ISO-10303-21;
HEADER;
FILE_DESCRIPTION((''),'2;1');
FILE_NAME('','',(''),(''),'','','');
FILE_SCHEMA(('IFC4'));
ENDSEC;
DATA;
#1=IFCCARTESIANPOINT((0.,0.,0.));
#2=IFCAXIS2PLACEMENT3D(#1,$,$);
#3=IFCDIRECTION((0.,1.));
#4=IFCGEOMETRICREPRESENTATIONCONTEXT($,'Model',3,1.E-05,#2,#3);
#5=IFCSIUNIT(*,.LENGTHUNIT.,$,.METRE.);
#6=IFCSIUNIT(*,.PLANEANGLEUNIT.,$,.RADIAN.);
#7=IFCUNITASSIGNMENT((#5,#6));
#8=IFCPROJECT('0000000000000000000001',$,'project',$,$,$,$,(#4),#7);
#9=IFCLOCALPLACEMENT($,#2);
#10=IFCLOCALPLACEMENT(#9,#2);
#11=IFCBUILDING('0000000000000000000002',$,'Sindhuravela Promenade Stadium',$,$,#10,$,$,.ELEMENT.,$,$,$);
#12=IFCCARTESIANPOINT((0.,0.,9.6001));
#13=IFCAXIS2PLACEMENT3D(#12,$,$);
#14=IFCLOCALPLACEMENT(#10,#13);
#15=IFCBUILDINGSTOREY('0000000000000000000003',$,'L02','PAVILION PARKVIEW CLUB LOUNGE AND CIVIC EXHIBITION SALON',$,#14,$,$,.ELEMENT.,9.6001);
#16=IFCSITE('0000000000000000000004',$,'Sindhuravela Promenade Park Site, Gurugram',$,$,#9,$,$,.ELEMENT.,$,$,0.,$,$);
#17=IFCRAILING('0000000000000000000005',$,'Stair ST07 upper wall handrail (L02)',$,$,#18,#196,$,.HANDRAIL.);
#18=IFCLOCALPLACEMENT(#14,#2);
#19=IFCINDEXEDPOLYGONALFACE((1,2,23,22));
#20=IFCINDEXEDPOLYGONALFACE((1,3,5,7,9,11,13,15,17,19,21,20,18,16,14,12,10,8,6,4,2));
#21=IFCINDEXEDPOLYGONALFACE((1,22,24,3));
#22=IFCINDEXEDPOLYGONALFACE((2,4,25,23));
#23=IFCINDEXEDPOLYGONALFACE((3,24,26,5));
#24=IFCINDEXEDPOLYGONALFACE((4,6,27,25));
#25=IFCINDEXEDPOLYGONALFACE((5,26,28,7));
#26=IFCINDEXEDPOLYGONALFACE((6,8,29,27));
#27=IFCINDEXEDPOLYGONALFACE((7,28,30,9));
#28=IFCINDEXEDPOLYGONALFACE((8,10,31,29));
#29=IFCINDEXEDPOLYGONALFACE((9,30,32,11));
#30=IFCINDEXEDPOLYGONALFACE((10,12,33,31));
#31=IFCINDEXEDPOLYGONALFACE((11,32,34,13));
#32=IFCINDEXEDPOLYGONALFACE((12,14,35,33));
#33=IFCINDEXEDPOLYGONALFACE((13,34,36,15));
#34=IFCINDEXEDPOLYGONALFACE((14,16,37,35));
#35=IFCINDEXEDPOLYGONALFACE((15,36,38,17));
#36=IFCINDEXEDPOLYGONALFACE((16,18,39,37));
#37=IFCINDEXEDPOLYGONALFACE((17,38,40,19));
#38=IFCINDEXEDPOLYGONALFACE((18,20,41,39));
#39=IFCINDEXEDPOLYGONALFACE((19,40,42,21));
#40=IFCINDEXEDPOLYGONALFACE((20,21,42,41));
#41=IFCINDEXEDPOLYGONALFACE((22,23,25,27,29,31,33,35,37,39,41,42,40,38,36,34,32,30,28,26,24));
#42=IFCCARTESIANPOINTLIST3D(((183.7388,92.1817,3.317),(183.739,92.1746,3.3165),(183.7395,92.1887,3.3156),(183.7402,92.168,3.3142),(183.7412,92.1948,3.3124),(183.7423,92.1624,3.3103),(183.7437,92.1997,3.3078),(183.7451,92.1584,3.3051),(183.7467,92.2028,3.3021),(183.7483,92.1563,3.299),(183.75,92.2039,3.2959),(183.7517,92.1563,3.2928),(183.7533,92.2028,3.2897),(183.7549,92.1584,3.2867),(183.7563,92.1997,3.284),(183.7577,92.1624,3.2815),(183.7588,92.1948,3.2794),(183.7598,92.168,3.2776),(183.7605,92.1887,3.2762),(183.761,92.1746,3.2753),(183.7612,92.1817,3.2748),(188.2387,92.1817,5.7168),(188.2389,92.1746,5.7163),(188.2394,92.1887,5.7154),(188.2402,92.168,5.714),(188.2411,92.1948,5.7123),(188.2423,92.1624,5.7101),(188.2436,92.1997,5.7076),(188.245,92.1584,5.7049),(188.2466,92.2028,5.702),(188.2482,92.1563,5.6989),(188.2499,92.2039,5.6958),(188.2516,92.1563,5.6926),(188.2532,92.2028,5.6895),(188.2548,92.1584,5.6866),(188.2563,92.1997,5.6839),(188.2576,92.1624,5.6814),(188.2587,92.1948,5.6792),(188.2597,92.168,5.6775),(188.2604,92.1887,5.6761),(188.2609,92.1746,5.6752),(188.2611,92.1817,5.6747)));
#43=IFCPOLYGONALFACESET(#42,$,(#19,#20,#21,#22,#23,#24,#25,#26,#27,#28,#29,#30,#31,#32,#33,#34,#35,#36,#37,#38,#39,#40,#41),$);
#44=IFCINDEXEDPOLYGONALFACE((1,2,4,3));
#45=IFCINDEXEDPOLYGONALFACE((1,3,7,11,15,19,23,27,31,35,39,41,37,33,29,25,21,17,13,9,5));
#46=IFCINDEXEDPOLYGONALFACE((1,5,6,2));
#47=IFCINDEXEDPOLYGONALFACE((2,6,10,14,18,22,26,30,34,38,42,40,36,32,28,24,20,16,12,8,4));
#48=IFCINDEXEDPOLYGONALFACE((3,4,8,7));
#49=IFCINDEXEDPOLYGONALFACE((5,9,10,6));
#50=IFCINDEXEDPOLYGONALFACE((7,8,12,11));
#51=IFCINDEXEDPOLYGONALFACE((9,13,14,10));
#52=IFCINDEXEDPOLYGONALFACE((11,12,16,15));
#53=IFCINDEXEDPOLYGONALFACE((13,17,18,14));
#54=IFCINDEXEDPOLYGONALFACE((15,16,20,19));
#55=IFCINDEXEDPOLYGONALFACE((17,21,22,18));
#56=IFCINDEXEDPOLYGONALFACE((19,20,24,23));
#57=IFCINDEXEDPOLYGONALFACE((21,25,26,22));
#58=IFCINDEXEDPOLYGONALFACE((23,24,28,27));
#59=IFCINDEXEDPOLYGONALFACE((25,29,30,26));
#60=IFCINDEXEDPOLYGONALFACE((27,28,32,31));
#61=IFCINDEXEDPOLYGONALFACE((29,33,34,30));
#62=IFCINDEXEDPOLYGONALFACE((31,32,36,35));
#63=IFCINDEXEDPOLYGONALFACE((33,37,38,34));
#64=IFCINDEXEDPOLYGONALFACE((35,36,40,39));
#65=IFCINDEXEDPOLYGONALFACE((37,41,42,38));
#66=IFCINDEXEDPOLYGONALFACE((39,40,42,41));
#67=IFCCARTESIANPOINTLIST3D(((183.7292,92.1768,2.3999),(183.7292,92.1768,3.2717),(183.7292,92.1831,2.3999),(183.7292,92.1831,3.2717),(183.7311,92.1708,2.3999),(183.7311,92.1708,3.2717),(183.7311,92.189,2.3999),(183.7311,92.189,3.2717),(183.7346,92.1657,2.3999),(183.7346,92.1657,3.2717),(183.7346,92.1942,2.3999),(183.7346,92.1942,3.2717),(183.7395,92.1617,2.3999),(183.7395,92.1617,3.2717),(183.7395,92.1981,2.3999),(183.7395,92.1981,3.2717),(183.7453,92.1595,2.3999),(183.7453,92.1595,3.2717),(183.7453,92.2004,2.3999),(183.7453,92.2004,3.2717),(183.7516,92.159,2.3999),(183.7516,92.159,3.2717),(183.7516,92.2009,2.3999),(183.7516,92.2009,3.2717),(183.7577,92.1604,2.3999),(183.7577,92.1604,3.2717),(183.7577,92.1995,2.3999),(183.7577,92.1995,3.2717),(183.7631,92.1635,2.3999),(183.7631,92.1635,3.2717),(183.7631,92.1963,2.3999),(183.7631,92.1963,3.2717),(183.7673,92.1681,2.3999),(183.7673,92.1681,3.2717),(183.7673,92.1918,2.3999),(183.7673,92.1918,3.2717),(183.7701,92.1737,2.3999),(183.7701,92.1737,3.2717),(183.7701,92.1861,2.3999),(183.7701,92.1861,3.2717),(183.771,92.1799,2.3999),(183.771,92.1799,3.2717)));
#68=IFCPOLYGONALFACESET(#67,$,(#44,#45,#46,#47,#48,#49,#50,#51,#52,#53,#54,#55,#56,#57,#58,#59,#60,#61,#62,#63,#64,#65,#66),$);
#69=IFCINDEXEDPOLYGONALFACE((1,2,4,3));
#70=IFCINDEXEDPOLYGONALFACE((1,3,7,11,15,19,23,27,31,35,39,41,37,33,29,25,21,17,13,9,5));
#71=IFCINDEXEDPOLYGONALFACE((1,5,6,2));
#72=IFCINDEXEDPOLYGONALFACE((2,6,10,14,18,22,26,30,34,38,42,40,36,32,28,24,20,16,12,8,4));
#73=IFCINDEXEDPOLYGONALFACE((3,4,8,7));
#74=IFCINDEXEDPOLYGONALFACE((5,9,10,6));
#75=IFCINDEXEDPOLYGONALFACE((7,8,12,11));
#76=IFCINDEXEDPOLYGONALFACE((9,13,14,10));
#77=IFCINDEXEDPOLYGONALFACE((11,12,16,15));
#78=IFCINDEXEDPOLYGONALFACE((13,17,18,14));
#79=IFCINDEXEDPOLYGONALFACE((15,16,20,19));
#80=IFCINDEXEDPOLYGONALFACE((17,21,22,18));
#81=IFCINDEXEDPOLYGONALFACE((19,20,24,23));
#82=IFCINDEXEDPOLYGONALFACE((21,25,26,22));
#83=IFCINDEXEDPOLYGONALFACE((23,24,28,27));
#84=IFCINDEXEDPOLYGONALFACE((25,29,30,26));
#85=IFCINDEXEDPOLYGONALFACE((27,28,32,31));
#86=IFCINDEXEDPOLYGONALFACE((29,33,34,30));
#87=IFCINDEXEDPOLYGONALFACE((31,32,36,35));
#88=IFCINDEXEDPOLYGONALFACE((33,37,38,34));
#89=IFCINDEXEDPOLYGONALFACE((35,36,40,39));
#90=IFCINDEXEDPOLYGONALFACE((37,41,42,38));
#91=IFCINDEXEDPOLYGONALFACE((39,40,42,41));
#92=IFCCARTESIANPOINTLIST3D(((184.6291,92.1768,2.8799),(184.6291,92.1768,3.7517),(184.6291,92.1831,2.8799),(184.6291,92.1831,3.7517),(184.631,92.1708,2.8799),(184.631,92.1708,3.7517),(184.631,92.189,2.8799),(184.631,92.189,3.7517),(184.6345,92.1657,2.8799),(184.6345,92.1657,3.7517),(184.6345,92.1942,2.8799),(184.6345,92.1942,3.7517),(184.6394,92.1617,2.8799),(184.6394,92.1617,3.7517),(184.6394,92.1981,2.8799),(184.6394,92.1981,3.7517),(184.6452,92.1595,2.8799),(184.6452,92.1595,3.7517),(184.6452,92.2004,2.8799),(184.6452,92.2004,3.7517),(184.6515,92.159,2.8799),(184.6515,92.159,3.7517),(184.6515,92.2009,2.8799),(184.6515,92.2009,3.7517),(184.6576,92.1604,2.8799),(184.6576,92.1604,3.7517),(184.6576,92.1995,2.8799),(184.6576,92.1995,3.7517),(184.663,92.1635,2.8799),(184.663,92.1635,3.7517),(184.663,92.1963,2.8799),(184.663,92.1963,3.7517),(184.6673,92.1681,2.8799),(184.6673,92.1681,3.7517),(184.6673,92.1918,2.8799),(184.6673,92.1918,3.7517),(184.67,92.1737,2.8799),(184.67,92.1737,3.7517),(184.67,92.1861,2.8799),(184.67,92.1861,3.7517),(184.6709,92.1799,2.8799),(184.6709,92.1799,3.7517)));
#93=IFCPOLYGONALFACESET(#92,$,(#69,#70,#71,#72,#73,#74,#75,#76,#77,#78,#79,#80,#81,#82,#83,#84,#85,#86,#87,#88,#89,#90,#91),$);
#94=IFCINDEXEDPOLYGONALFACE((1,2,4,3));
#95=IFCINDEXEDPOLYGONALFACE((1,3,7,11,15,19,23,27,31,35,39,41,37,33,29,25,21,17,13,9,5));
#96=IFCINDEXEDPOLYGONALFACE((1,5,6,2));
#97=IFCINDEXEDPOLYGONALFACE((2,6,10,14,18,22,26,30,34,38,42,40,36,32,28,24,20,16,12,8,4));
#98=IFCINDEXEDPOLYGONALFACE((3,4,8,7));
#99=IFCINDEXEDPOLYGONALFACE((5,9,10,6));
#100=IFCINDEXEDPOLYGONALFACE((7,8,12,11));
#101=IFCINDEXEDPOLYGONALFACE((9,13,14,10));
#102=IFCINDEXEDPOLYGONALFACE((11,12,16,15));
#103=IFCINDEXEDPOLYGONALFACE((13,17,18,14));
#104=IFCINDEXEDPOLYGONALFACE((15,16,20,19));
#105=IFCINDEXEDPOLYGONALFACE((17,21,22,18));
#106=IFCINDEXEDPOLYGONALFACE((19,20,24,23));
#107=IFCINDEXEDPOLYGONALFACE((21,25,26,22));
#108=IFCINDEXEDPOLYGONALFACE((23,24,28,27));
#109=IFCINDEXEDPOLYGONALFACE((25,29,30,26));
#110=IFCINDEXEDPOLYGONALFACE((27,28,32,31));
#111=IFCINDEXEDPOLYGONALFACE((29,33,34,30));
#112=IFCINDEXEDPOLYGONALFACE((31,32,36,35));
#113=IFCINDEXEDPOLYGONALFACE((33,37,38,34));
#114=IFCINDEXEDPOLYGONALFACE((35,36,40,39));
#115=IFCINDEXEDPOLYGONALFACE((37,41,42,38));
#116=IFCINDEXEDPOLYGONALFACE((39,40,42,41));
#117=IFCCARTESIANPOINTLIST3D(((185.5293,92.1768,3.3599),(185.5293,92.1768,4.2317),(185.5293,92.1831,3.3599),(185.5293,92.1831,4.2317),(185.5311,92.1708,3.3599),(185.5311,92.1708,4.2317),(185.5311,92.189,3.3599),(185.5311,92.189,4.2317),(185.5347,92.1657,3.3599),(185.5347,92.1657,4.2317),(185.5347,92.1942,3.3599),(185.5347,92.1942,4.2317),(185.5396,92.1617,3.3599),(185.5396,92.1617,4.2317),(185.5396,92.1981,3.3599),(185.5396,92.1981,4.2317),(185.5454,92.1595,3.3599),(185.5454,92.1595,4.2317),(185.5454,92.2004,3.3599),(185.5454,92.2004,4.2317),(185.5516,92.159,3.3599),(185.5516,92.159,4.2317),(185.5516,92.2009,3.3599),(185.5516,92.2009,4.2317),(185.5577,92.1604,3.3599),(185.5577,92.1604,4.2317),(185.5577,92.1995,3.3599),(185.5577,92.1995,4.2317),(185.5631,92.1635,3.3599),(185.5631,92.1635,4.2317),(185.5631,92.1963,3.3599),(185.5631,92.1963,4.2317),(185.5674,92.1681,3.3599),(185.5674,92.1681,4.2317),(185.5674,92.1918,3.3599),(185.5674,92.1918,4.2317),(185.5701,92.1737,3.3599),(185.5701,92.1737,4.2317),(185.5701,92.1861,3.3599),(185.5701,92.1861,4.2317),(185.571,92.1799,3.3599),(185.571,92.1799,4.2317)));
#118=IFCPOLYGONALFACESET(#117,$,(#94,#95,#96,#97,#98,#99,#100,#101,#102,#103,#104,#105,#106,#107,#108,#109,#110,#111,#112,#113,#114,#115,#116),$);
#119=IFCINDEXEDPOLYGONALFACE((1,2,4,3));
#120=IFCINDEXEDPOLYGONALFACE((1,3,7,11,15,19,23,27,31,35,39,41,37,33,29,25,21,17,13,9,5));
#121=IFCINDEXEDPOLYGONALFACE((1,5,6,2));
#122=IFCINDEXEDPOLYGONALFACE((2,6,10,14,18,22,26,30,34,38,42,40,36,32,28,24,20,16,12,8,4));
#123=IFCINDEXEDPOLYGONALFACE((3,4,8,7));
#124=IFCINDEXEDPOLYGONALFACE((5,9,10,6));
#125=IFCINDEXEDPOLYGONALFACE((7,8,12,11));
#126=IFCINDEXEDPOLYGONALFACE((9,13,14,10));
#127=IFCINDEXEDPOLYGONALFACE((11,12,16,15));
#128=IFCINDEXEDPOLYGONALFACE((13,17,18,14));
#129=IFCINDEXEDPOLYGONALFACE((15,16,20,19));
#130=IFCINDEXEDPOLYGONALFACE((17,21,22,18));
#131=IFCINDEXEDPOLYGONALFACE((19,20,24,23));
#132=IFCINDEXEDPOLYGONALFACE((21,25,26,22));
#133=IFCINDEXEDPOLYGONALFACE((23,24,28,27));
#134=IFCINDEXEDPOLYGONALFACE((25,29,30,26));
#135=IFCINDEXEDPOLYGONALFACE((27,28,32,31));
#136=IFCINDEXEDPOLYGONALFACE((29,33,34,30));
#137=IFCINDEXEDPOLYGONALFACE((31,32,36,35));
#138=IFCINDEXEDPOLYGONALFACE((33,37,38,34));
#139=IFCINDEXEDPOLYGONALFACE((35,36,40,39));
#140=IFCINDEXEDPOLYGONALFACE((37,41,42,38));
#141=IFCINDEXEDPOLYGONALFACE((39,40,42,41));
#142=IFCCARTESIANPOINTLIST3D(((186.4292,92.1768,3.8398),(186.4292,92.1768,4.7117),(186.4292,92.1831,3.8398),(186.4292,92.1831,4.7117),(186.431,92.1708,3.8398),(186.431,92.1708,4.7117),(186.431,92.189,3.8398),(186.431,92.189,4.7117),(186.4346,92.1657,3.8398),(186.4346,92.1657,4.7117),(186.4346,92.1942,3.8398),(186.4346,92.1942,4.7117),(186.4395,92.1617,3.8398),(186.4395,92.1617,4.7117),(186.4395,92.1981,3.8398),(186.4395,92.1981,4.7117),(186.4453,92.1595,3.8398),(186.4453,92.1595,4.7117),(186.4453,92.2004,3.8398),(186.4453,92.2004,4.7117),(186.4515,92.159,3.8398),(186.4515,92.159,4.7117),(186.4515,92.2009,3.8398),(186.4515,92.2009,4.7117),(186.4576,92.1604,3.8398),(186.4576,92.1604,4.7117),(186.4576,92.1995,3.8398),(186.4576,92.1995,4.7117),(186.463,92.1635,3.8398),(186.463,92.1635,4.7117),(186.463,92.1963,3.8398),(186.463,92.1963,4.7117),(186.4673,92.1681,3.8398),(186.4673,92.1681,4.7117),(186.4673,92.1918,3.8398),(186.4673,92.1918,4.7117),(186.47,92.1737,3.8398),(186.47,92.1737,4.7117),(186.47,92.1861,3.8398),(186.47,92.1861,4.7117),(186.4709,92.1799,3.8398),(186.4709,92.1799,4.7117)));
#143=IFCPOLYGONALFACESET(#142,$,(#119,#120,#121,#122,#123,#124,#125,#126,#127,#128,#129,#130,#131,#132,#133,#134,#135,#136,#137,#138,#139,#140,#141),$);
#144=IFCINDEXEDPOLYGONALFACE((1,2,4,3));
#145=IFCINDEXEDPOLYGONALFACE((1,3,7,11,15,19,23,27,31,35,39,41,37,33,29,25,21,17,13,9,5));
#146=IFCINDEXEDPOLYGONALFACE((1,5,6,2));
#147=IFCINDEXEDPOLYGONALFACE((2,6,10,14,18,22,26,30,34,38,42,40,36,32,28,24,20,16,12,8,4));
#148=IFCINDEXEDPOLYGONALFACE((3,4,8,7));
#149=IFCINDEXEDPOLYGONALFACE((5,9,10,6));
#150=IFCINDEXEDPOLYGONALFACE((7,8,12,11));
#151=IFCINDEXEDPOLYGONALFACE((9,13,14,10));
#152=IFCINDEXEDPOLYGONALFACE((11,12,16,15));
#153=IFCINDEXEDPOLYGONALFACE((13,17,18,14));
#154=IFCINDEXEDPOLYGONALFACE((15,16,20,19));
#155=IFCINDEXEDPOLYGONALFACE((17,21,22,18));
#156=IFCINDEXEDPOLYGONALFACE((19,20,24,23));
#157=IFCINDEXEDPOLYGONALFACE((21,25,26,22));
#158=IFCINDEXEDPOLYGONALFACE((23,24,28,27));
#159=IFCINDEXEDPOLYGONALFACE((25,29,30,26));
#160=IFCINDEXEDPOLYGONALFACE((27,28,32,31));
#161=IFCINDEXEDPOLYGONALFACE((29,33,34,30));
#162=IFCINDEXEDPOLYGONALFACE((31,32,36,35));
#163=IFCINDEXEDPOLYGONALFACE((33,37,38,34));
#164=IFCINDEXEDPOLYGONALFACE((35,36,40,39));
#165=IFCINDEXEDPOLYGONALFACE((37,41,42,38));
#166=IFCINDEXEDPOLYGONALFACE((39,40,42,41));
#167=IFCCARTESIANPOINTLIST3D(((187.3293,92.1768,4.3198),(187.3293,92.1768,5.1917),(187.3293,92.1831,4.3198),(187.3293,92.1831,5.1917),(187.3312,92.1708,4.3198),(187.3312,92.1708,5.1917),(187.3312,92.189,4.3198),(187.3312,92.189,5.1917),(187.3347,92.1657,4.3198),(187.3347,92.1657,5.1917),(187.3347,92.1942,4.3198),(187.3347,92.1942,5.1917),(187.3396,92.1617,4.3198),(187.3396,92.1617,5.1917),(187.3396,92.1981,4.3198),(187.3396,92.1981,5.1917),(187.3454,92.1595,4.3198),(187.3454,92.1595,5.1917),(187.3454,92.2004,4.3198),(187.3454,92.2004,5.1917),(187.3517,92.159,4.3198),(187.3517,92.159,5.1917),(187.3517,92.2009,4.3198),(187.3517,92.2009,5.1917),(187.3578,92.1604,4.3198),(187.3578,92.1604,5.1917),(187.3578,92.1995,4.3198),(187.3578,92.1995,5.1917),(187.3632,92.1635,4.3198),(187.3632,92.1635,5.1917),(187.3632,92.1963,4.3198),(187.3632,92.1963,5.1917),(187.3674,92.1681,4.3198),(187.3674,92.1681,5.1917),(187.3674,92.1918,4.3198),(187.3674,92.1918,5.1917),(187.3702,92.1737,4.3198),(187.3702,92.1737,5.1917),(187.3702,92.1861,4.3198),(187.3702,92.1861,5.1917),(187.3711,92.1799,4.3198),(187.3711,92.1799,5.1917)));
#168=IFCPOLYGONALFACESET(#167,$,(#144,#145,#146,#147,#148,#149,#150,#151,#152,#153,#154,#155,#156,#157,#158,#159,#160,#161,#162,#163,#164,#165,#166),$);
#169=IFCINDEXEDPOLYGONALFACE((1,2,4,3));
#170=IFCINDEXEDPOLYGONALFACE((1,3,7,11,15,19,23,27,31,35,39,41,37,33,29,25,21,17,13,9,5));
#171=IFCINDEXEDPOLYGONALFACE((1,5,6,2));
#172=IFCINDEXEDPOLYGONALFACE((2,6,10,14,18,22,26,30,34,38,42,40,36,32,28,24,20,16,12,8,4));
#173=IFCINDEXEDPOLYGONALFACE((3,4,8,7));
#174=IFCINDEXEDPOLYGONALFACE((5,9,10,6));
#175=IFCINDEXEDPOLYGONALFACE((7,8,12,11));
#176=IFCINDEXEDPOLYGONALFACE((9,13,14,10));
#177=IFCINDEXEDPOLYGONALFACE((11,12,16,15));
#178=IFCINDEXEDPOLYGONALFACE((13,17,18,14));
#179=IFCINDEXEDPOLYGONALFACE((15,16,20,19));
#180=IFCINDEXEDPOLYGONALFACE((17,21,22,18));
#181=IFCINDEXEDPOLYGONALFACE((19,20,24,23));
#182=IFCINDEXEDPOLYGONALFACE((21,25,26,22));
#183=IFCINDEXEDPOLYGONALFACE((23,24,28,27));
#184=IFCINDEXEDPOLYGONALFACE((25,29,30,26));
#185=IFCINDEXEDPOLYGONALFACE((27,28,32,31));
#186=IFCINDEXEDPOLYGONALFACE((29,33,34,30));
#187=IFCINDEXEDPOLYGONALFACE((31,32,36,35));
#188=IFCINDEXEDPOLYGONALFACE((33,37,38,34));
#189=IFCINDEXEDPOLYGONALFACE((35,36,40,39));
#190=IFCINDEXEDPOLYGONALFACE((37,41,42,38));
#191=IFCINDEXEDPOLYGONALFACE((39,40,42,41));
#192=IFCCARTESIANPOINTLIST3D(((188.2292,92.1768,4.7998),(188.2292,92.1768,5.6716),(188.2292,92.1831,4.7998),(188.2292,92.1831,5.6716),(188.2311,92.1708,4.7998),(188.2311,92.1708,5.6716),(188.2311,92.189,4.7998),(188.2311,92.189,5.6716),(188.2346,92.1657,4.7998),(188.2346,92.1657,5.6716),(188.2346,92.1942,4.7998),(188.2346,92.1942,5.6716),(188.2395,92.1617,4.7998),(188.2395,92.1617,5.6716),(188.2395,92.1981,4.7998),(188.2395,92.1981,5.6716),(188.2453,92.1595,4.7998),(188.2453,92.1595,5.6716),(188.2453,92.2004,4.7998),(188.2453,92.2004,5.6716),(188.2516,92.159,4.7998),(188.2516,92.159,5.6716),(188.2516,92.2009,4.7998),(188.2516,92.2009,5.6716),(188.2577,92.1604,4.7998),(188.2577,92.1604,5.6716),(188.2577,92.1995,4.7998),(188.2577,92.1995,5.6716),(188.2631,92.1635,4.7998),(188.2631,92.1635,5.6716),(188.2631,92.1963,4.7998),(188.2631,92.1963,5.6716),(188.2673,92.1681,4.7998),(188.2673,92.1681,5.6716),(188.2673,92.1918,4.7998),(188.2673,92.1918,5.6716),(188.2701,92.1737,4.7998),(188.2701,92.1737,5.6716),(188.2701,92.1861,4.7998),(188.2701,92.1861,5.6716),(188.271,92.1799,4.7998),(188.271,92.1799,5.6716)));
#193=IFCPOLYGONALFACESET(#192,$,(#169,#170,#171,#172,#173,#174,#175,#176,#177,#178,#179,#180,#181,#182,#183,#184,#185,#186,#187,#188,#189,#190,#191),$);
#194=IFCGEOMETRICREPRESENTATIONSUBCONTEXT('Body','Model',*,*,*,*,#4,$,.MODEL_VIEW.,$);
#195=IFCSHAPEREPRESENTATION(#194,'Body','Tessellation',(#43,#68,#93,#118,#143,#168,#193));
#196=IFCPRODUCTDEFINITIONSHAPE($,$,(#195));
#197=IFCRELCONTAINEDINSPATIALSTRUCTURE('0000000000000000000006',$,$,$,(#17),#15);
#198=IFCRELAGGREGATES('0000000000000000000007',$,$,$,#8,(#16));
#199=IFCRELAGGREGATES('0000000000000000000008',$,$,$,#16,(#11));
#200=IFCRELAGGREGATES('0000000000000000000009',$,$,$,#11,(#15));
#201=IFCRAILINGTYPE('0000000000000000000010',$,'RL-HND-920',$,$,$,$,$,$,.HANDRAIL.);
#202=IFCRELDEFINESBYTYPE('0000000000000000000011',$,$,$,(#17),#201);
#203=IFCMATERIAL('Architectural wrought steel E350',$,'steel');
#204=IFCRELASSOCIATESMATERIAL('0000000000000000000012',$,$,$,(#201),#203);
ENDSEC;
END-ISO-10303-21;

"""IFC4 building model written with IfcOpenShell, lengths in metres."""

from ifc_helpers import new_model, si_unit, direction, frame, origin, origin_2d, place, context, subcontext, project, spatial, circle, extrude, material, type_object, element, save


model = new_model("IFC4")

# Units and contexts
model_context = context("Model", 3, precision=1e-05, world=origin(), true_north=direction((0.0, 1.0)))
body_context = subcontext(model_context, "Body", "Model", "MODEL_VIEW")
ifc_project = project(units=[si_unit("LENGTHUNIT", "METRE"), si_unit("PLANEANGLEUNIT", "RADIAN")], contexts=[model_context])

# Site, building, storey
site_placement = place(None, origin())
site = spatial("IfcSite", under=ifc_project, at=site_placement, Name="Sindhuravela Promenade Park Site, Gurugram", CompositionType="ELEMENT", RefElevation=0.0)
building_placement = place(site_placement, origin())
building = spatial("IfcBuilding", under=site, at=building_placement, Name="Sindhuravela Promenade Stadium", CompositionType="ELEMENT")
storey_placement = place(building_placement, frame((0.0, 0.0, 9.6001)))
storey = spatial("IfcBuildingStorey", under=building, at=storey_placement, Name="L02", Description="PAVILION PARKVIEW CLUB LOUNGE AND CIVIC EXHIBITION SALON", CompositionType="ELEMENT", Elevation=9.6001)

# Shared definitions
ifc_material_1 = material(Name="Architectural wrought steel E350", Category="steel")

# Railing
railing_type_1 = type_object("IfcRailingType", Name="RL-HND-920", PredefinedType="HANDRAIL", material=ifc_material_1)
railing_1_placement = place(storey_placement, frame((183.75, 92.1799, 2.3999)))
element("IfcRailing", 1, at=railing_1_placement, inside=storey, type_object=railing_type_1, Name="Stair ST07 upper wall handrail (L02)", PredefinedType="HANDRAIL", context=body_context, shape_type="SweptSolid", body=[
    extrude(circle(Radius=0.0239, at=origin_2d()), frame((0.0, 0.0, 0.896), z_axis=(0.882361, 0.0, 0.470573), x_axis=(0.0, 1.0, 0.0)), (0.0, 0.0, 1.0), 5.0999),
    extrude(circle(Radius=0.021, at=origin_2d()), origin(), (0.0, 0.0, 1.0), 0.8718),
    extrude(circle(Radius=0.021, at=origin_2d()), frame((0.8999, 0.0, 0.48)), (0.0, 0.0, 1.0), 0.8718),
    extrude(circle(Radius=0.021, at=origin_2d()), frame((1.8, 0.0, 0.96)), (0.0, 0.0, 1.0), 0.8718),
    extrude(circle(Radius=0.021, at=origin_2d()), frame((2.7, 0.0, 1.4399)), (0.0, 0.0, 1.0), 0.8718),
    extrude(circle(Radius=0.021, at=origin_2d()), frame((3.6001, 0.0, 1.9199)), (0.0, 0.0, 1.0), 0.8718),
    extrude(circle(Radius=0.021, at=origin_2d()), frame((4.5, 0.0, 2.3999)), (0.0, 0.0, 1.0), 0.8718),
])

save(model, "model.ifc")
